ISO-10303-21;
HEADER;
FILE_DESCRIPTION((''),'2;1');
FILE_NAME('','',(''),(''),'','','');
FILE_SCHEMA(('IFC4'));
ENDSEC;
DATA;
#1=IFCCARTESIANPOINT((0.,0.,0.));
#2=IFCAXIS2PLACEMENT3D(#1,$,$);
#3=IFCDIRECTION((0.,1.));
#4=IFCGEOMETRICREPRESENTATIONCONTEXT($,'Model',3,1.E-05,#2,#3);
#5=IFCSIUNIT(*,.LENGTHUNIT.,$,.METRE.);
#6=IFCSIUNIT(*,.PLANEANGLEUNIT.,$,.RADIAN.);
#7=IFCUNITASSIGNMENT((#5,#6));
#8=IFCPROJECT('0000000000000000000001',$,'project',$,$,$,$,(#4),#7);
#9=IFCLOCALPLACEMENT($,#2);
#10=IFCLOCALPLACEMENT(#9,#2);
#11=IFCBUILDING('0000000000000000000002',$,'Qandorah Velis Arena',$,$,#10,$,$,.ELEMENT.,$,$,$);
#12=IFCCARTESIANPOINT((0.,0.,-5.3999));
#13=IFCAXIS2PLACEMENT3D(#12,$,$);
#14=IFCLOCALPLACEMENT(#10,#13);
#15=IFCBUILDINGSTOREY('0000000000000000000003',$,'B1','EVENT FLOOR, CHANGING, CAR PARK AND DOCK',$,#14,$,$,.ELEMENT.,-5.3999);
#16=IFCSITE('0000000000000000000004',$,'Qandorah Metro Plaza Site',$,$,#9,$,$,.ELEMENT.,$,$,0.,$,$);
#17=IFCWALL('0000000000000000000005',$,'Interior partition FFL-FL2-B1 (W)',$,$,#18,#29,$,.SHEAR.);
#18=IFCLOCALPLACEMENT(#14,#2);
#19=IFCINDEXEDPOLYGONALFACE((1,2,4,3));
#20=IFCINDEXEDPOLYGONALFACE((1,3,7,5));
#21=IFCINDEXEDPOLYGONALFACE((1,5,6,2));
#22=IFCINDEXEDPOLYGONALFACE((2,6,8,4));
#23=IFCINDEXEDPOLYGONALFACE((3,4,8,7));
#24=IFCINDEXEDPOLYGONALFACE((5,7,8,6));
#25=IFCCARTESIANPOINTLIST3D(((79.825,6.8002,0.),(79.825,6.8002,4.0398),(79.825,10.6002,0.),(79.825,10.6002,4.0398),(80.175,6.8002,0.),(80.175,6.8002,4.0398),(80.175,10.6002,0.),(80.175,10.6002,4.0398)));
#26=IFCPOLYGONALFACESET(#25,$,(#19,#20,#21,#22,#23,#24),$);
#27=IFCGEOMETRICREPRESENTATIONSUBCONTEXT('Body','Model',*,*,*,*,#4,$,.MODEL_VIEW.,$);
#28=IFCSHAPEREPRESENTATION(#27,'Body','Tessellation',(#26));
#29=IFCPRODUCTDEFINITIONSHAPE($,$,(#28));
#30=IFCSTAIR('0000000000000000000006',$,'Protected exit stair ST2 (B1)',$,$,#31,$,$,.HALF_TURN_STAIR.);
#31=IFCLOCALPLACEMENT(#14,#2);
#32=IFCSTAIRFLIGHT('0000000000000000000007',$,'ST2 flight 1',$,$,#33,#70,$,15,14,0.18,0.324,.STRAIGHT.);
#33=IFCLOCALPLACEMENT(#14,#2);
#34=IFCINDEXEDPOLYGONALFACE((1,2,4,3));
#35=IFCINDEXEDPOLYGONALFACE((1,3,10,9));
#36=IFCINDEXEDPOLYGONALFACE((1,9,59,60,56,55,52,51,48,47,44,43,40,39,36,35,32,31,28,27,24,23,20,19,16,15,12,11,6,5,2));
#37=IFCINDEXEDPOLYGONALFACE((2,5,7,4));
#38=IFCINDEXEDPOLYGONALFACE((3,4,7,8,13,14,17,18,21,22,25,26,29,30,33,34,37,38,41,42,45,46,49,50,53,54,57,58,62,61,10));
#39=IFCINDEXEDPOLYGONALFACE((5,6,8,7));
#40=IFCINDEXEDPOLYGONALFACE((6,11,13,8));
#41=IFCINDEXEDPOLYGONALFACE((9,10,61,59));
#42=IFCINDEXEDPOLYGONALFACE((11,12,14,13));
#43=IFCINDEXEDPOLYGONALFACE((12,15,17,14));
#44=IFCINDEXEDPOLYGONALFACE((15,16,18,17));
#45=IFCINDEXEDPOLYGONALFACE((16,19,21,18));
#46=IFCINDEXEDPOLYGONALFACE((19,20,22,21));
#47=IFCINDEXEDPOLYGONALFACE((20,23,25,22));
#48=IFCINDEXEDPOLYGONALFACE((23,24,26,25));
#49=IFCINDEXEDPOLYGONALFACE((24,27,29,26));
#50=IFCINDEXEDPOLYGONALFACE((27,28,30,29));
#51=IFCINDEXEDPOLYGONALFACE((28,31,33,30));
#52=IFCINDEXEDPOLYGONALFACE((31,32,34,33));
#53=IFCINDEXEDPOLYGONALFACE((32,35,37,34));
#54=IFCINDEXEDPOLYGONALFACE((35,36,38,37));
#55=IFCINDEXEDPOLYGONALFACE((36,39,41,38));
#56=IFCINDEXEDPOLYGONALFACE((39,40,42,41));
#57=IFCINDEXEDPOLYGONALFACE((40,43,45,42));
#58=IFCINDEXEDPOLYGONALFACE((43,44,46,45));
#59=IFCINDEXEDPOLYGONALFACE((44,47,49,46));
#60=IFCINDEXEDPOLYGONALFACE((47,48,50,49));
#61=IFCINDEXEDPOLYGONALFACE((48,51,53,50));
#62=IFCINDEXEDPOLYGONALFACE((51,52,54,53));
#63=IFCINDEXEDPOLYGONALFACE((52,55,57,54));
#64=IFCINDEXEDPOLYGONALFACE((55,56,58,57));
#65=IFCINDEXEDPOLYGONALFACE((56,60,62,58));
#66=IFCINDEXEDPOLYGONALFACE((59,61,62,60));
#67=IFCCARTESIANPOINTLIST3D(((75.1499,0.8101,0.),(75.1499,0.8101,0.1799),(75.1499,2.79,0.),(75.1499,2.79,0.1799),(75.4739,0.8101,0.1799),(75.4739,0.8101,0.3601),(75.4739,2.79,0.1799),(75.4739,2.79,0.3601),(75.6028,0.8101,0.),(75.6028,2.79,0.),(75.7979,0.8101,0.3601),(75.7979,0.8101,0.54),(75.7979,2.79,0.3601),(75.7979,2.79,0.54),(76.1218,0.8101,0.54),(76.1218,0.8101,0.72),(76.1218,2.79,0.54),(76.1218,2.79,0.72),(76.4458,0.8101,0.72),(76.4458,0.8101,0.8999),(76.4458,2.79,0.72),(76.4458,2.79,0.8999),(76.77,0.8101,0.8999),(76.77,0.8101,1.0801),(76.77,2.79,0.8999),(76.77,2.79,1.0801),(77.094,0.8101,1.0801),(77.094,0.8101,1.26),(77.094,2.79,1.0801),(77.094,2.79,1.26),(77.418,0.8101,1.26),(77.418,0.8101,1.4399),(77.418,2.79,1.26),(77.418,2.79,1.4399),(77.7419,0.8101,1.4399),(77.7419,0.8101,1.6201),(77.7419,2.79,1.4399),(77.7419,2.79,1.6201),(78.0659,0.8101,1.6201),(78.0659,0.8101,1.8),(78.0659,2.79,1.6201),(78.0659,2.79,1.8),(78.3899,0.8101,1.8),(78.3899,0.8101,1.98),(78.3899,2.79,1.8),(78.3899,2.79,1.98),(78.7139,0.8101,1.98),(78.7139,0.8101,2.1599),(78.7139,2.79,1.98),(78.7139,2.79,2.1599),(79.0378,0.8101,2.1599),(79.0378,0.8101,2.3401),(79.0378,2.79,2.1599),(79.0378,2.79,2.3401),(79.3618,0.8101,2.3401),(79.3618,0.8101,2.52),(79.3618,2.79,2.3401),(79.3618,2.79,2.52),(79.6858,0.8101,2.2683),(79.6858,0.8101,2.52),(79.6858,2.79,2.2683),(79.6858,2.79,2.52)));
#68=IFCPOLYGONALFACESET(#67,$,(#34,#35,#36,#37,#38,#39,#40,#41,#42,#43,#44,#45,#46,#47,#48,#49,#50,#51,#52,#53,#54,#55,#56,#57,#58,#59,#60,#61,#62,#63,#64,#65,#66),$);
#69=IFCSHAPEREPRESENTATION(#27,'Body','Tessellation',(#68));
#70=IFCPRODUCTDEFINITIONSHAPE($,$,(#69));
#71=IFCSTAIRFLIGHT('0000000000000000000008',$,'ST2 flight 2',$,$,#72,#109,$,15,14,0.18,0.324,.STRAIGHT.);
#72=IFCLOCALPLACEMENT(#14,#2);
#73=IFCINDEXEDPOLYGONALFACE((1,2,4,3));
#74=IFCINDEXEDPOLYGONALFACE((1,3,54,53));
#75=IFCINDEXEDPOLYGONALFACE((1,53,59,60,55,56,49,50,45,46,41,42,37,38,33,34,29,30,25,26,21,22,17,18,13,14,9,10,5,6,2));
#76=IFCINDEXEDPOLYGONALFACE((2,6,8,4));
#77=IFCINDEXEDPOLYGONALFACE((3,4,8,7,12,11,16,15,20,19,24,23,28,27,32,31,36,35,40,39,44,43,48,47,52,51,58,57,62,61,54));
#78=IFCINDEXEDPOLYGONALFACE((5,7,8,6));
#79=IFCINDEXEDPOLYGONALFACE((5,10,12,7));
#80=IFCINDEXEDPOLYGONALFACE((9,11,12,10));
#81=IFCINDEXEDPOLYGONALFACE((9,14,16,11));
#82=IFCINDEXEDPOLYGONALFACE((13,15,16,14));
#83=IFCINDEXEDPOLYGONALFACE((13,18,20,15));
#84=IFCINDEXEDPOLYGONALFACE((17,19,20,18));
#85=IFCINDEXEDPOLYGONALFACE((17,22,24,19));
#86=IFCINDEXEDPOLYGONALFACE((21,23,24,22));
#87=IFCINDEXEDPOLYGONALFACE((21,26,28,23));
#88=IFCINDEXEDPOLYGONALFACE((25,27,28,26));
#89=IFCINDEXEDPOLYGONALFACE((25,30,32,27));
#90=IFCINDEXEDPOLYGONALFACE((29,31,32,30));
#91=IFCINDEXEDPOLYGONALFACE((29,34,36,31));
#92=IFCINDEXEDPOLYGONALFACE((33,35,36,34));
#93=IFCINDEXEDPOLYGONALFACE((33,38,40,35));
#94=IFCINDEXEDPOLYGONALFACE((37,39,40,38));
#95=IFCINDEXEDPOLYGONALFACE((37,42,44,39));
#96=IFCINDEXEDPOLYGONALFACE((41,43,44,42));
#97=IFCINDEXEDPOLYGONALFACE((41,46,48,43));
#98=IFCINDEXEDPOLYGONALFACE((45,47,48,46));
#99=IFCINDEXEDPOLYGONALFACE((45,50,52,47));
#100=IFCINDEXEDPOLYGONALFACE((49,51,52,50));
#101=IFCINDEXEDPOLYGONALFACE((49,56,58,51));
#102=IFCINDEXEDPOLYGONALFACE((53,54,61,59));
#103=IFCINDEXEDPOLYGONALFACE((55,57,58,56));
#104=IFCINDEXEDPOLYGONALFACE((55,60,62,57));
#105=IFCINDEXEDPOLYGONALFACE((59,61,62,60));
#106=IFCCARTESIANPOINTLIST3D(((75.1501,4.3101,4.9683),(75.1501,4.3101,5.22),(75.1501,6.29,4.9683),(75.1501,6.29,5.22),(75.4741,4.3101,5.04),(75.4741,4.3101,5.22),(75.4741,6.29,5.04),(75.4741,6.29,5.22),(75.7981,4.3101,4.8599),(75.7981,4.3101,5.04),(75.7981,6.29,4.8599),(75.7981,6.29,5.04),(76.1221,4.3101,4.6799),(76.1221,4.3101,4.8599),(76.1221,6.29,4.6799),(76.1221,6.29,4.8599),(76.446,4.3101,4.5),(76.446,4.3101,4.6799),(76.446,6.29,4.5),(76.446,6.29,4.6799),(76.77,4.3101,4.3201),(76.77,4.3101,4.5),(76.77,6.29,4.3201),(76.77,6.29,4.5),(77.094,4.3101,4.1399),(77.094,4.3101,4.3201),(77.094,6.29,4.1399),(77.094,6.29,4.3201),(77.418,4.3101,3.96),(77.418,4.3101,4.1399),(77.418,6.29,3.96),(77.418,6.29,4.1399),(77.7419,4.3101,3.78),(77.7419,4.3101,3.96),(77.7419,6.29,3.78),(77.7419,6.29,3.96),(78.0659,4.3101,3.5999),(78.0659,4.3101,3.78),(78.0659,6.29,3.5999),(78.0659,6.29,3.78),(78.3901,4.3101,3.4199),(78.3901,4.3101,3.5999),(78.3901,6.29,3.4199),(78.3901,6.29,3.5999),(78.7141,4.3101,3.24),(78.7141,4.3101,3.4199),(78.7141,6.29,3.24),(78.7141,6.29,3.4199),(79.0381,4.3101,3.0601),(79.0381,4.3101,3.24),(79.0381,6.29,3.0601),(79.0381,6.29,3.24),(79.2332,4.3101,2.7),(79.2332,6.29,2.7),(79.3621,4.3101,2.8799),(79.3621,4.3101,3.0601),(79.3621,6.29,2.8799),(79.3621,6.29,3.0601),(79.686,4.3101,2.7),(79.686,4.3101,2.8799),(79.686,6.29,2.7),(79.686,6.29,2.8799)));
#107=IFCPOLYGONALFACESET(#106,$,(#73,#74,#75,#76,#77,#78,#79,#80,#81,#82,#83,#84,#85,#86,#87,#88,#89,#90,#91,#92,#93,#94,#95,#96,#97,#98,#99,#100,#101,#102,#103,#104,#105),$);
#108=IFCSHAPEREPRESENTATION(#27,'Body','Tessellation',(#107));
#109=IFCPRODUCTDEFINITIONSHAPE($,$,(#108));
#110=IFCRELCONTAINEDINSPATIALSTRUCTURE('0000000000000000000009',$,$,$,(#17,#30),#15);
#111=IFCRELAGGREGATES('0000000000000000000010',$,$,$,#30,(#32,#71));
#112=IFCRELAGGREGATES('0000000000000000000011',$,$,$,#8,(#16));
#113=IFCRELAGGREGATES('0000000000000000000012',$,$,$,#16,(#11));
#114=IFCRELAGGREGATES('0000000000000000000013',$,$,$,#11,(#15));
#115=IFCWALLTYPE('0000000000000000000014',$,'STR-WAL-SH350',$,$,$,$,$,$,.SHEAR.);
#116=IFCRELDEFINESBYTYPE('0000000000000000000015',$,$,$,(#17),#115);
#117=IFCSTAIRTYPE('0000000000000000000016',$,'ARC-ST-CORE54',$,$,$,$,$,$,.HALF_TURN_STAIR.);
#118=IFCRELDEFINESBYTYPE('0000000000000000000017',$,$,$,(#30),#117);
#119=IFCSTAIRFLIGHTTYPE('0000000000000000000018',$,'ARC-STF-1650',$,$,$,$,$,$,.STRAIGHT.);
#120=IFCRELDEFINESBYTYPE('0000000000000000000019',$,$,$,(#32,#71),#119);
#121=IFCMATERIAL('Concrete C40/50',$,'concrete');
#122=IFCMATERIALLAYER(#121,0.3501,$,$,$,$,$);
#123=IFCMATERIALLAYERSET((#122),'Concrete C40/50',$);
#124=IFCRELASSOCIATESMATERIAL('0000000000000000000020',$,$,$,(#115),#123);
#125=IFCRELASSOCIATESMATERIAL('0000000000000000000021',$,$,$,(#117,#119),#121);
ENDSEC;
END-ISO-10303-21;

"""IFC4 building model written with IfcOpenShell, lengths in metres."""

from ifc_helpers import new_model, si_unit, direction, frame, frame_2d, origin, place, context, subcontext, project, spatial, polyline, rectangle, outline, extrude, material, layer, layer_set, type_object, element, aggregate, save


model = new_model("IFC4")

# Units and contexts
model_context = context("Model", 3, precision=1e-05, world=origin(), true_north=direction((0.0, 1.0)))
body_context = subcontext(model_context, "Body", "Model", "MODEL_VIEW")
ifc_project = project(units=[si_unit("LENGTHUNIT", "METRE"), si_unit("PLANEANGLEUNIT", "RADIAN")], contexts=[model_context])

# Site, building, storey
site_placement = place(None, origin())
site = spatial("IfcSite", under=ifc_project, at=site_placement, Name="Qandorah Metro Plaza Site", CompositionType="ELEMENT", RefElevation=0.0)
building_placement = place(site_placement, origin())
building = spatial("IfcBuilding", under=site, at=building_placement, Name="Qandorah Velis Arena", CompositionType="ELEMENT")
storey_placement = place(building_placement, frame((0.0, 0.0, -5.3999)))
storey = spatial("IfcBuildingStorey", under=building, at=storey_placement, Name="B1", Description="EVENT FLOOR, CHANGING, CAR PARK AND DOCK", CompositionType="ELEMENT", Elevation=-5.3999)

# Shared definitions
ifc_material_1 = material(Name="Concrete C40/50", Category="concrete")

# Wall
ifc_layer_1 = layer(ifc_material_1, 0.3501)
ifc_layer_set_1 = layer_set([ifc_layer_1], Name="Concrete C40/50")
wall_type_1 = type_object("IfcWallType", Name="STR-WAL-SH350", PredefinedType="SHEAR", material=ifc_layer_set_1)
wall_1_placement = place(storey_placement, frame((80.0, 10.6001, 0.0), z_axis=(0.0, 0.0, 1.0), x_axis=(0.0, -1.0, 0.0)))
element("IfcWall", 1, at=wall_1_placement, inside=storey, type_object=wall_type_1, Name="Interior partition FFL-FL2-B1 (W)", PredefinedType="SHEAR", context=body_context, shape_type="SweptSolid", body=[
    extrude(rectangle(XDim=3.8, YDim=0.3501, at=frame_2d((1.8999, 0.0))), origin(), (0.0, 0.0, 1.0), 4.0398),
])

# Stair, stair flights
stair_type = type_object("IfcStairType", Name="ARC-ST-CORE54", PredefinedType="HALF_TURN_STAIR", material=ifc_material_1)
stair_placement = place(storey_placement, origin())
stair = element("IfcStair", 2, at=stair_placement, inside=storey, type_object=stair_type, Name="Protected exit stair ST2 (B1)", PredefinedType="HALF_TURN_STAIR")
stair_flight_type = type_object("IfcStairFlightType", Name="ARC-STF-1650", PredefinedType="STRAIGHT", material=ifc_material_1)
stair_flight_1_placement = place(storey_placement, frame((75.1499, 1.8, 0.0), z_axis=(0.0, 0.0, 1.0), x_axis=(1.0, 0.0, 0.0)))
stair_flight_1 = element("IfcStairFlight", 3, at=stair_flight_1_placement, type_object=stair_flight_type, Name="ST2 flight 1", NumberOfRisers=15, NumberOfTreads=14, PredefinedType="STRAIGHT", RiserHeight=0.18, TreadLength=0.324, context=body_context, shape_type="SweptSolid", body=[
    extrude(outline(polyline([(0.0, 0.0), (0.0, 0.1799), (0.324, 0.1799), (0.324, 0.3601), (0.6479, 0.3601), (0.6479, 0.54), (0.9719, 0.54), (0.9719, 0.72), (1.2959, 0.72), (1.2959, 0.8999), (1.6201, 0.8999), (1.6201, 1.0801), (1.9441, 1.0801), (1.9441, 1.26), (2.2681, 1.26), (2.2681, 1.4399), (2.592, 1.4399), (2.592, 1.6201), (2.916, 1.6201), (2.916, 1.8), (3.24, 1.8), (3.24, 1.98), (3.564, 1.98), (3.564, 2.1599), (3.8879, 2.1599), (3.8879, 2.3401), (4.2119, 2.3401), (4.2119, 2.52), (4.5359, 2.52), (4.5359, 2.7), (4.5359, 2.2683), (0.4529, 0.0), (0.0, 0.0)])), frame((0.0, 0.99, 0.0), z_axis=(0.0, -1.0, 0.0), x_axis=(1.0, 0.0, 0.0)), (0.0, 0.0, 1.0), 1.98),
])
stair_flight_2_placement = place(storey_placement, frame((79.686, 5.3, 2.7), z_axis=(0.0, 0.0, 1.0), x_axis=(-1.0, 0.0, 0.0)))
stair_flight_2 = element("IfcStairFlight", 4, at=stair_flight_2_placement, type_object=stair_flight_type, Name="ST2 flight 2", NumberOfRisers=15, NumberOfTreads=14, PredefinedType="STRAIGHT", RiserHeight=0.18, TreadLength=0.324, context=body_context, shape_type="SweptSolid", body=[
    extrude(outline(polyline([(0.0, 0.0), (0.0, 0.1799), (0.324, 0.1799), (0.324, 0.3601), (0.6479, 0.3601), (0.6479, 0.54), (0.9719, 0.54), (0.9719, 0.72), (1.2959, 0.72), (1.2959, 0.8999), (1.6201, 0.8999), (1.6201, 1.0801), (1.9441, 1.0801), (1.9441, 1.26), (2.2681, 1.26), (2.2681, 1.4399), (2.592, 1.4399), (2.592, 1.6201), (2.916, 1.6201), (2.916, 1.8), (3.24, 1.8), (3.24, 1.98), (3.564, 1.98), (3.564, 2.1599), (3.8879, 2.1599), (3.8879, 2.3401), (4.2119, 2.3401), (4.2119, 2.52), (4.5359, 2.52), (4.5359, 2.7), (4.5359, 2.2683), (0.4529, 0.0), (0.0, 0.0)])), frame((0.0, 0.99, 0.0), z_axis=(0.0, -1.0, 0.0), x_axis=(1.0, 0.0, 0.0)), (0.0, 0.0, 1.0), 1.98),
])
aggregate(stair, [stair_flight_1, stair_flight_2])

save(model, "model.ifc")
